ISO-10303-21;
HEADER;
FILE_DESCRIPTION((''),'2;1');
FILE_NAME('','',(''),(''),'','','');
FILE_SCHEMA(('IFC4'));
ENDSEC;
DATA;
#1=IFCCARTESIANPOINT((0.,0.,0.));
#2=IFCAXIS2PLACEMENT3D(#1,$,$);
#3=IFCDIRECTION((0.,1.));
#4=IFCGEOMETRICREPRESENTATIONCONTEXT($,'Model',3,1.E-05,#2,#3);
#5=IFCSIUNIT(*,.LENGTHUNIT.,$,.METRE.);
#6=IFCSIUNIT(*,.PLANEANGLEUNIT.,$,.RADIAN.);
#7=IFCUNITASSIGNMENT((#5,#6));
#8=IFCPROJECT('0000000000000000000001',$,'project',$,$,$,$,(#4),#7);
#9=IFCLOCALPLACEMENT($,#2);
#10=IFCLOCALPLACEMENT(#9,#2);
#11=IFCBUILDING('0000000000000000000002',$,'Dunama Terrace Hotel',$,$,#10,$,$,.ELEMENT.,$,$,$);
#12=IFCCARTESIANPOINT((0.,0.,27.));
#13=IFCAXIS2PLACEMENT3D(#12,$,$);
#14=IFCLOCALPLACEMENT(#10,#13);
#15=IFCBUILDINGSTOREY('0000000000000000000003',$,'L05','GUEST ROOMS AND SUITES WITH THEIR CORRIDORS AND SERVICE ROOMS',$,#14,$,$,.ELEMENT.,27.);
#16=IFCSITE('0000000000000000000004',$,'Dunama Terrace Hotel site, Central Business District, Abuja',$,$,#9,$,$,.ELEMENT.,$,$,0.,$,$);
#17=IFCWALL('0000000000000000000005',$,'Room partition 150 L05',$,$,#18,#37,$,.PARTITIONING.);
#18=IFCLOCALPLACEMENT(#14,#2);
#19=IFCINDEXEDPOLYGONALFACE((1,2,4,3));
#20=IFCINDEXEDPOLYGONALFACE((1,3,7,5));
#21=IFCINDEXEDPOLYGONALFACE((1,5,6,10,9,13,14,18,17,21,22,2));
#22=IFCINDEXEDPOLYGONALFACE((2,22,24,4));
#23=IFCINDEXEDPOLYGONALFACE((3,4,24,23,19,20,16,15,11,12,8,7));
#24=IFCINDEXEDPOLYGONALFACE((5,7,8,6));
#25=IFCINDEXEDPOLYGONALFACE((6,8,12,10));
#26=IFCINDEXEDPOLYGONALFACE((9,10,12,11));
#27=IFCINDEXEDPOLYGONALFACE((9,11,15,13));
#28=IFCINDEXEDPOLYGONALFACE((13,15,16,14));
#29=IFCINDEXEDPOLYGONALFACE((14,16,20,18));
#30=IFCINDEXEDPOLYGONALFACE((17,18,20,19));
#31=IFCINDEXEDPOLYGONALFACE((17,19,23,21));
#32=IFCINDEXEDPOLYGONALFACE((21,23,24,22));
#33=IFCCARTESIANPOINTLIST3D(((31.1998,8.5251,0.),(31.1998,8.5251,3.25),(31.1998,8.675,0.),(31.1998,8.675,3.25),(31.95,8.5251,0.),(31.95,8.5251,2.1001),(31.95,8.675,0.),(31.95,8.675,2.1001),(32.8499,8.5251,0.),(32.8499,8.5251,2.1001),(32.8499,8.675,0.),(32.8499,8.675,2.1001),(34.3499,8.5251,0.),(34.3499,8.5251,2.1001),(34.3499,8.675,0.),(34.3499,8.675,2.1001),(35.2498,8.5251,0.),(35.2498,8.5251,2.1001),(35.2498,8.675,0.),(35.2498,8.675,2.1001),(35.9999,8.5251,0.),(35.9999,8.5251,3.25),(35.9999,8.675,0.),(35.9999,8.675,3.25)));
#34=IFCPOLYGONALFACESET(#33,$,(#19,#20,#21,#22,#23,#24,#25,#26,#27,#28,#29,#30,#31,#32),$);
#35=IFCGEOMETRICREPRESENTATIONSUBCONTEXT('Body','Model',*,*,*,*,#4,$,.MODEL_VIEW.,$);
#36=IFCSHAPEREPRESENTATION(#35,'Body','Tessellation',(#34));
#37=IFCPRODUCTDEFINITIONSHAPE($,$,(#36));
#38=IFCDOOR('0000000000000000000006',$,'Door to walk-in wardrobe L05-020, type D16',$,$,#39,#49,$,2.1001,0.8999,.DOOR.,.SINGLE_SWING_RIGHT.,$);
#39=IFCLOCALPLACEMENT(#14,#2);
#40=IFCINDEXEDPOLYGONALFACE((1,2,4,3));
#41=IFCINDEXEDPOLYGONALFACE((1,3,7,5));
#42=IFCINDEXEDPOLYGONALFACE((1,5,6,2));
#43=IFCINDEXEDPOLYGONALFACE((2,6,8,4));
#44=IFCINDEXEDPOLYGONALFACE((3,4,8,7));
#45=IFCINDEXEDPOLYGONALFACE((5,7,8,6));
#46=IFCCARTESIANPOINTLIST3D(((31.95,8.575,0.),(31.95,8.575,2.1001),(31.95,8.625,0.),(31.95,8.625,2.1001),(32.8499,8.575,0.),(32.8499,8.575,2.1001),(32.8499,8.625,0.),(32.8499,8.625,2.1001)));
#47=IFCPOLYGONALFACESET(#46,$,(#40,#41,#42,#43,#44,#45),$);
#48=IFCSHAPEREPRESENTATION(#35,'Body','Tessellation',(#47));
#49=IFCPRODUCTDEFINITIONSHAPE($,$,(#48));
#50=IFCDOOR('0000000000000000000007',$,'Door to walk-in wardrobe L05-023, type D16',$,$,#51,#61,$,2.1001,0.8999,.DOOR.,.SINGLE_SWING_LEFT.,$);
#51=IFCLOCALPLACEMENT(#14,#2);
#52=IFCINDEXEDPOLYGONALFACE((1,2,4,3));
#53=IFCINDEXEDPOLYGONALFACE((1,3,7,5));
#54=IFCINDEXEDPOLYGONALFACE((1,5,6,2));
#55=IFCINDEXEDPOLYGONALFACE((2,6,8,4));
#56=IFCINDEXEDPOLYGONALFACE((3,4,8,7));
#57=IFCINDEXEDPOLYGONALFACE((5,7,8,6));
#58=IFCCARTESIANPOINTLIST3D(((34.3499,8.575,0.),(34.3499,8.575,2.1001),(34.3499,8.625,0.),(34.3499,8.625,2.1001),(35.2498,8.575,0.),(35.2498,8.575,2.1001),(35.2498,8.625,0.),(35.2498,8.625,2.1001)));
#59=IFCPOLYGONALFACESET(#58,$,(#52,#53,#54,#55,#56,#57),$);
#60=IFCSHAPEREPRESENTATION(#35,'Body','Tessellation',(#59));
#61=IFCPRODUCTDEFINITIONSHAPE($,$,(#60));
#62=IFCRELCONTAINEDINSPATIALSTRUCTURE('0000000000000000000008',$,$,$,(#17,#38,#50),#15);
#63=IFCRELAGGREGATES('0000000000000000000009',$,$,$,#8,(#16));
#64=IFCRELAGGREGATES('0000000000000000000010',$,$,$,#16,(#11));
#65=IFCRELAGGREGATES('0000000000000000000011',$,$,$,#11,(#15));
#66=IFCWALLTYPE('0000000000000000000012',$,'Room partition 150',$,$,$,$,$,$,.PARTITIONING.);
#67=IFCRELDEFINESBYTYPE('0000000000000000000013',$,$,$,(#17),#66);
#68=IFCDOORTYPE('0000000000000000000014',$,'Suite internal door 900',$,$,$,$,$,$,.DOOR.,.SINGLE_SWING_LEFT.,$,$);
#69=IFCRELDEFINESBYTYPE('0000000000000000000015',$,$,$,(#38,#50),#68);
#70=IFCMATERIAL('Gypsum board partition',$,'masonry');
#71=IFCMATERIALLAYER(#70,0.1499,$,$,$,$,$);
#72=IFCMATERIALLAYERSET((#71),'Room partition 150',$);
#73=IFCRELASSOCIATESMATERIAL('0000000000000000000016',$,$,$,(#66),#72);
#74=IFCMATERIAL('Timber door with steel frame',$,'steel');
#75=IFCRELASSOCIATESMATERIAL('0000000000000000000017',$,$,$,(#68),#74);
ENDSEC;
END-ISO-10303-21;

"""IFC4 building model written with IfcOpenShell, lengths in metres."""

from ifc_helpers import new_model, si_unit, direction, frame, frame_2d, origin, place, context, subcontext, project, spatial, rectangle, extrude, material, layer, layer_set, type_object, element, fill, save


model = new_model("IFC4")

# Units and contexts
model_context = context("Model", 3, precision=1e-05, world=origin(), true_north=direction((0.0, 1.0)))
body_context = subcontext(model_context, "Body", "Model", "MODEL_VIEW")
ifc_project = project(units=[si_unit("LENGTHUNIT", "METRE"), si_unit("PLANEANGLEUNIT", "RADIAN")], contexts=[model_context])

# Site, building, storey
site_placement = place(None, origin())
site = spatial("IfcSite", under=ifc_project, at=site_placement, Name="Dunama Terrace Hotel site, Central Business District, Abuja", CompositionType="ELEMENT", RefElevation=0.0)
building_placement = place(site_placement, origin())
building = spatial("IfcBuilding", under=site, at=building_placement, Name="Dunama Terrace Hotel", CompositionType="ELEMENT")
storey_placement = place(building_placement, frame((0.0, 0.0, 27.0)))
storey = spatial("IfcBuildingStorey", under=building, at=storey_placement, Name="L05", Description="GUEST ROOMS AND SUITES WITH THEIR CORRIDORS AND SERVICE ROOMS", CompositionType="ELEMENT", Elevation=27.0)

# Shared definitions
ifc_material_1 = material(Name="Gypsum board partition", Category="masonry")
ifc_layer_1 = layer(ifc_material_1, 0.1499)
ifc_layer_set_1 = layer_set([ifc_layer_1], Name="Room partition 150")
wall_type_1 = type_object("IfcWallType", Name="Room partition 150", PredefinedType="PARTITIONING", material=ifc_layer_set_1)

# Wall, openings, doors
wall_placement = place(storey_placement, frame((31.2, 8.6001, 0.0), z_axis=(0.0, 0.0, 1.0), x_axis=(1.0, 0.0, 0.0)))
wall = element("IfcWall", 1, at=wall_placement, inside=storey, type_object=wall_type_1, Name="Room partition 150 L05", PredefinedType="PARTITIONING", context=body_context, shape_type="SweptSolid", body=[
    extrude(rectangle(XDim=4.8, YDim=0.1499, at=frame_2d((2.3999, 0.0))), origin(), (0.0, 0.0, 1.0), 3.25),
])
opening_1_placement = place(wall_placement, frame((0.75, 0.0, 0.0)))
opening_1 = element("IfcOpeningElement", 2, at=opening_1_placement, cuts=wall, PredefinedType="OPENING", context=body_context, shape_type="SweptSolid", body=[
    extrude(rectangle(XDim=0.8999, YDim=2.1001, at=frame_2d((0.45, 1.05))), frame((0.0, 0.085, 0.0), z_axis=(0.0, -1.0, 0.0), x_axis=(1.0, 0.0, 0.0)), (0.0, 0.0, 1.0), 0.1699),
])
opening_2_placement = place(wall_placement, frame((3.1499, 0.0, 0.0)))
opening_2 = element("IfcOpeningElement", 3, at=opening_2_placement, cuts=wall, PredefinedType="OPENING", context=body_context, shape_type="SweptSolid", body=[
    extrude(rectangle(XDim=0.8999, YDim=2.1001, at=frame_2d((0.45, 1.05))), frame((0.0, 0.085, 0.0), z_axis=(0.0, -1.0, 0.0), x_axis=(1.0, 0.0, 0.0)), (0.0, 0.0, 1.0), 0.1699),
])
ifc_material_2 = material(Name="Timber door with steel frame", Category="steel")
door_type = type_object("IfcDoorType", Name="Suite internal door 900", OperationType="SINGLE_SWING_LEFT", PredefinedType="DOOR", material=ifc_material_2)
door_1_placement = place(opening_1_placement, origin())
door_1 = element("IfcDoor", 4, at=door_1_placement, inside=storey, type_object=door_type, Name="Door to walk-in wardrobe L05-020, type D16", OperationType="SINGLE_SWING_RIGHT", OverallHeight=2.1001, OverallWidth=0.8999, PredefinedType="DOOR", context=body_context, shape_type="SweptSolid", body=[
    extrude(rectangle(XDim=0.8999, YDim=2.1001, at=frame_2d((0.45, 1.05))), frame((0.0, 0.0249, 0.0), z_axis=(0.0, -1.0, 0.0), x_axis=(1.0, 0.0, 0.0)), (0.0, 0.0, 1.0), 0.05),
])
fill(opening_1, door_1)
door_2_placement = place(opening_2_placement, origin())
door_2 = element("IfcDoor", 5, at=door_2_placement, inside=storey, type_object=door_type, Name="Door to walk-in wardrobe L05-023, type D16", OperationType="SINGLE_SWING_LEFT", OverallHeight=2.1001, OverallWidth=0.8999, PredefinedType="DOOR", context=body_context, shape_type="SweptSolid", body=[
    extrude(rectangle(XDim=0.8999, YDim=2.1001, at=frame_2d((0.45, 1.05))), frame((0.0, 0.0249, 0.0), z_axis=(0.0, -1.0, 0.0), x_axis=(1.0, 0.0, 0.0)), (0.0, 0.0, 1.0), 0.05),
])
fill(opening_2, door_2)

save(model, "model.ifc")
